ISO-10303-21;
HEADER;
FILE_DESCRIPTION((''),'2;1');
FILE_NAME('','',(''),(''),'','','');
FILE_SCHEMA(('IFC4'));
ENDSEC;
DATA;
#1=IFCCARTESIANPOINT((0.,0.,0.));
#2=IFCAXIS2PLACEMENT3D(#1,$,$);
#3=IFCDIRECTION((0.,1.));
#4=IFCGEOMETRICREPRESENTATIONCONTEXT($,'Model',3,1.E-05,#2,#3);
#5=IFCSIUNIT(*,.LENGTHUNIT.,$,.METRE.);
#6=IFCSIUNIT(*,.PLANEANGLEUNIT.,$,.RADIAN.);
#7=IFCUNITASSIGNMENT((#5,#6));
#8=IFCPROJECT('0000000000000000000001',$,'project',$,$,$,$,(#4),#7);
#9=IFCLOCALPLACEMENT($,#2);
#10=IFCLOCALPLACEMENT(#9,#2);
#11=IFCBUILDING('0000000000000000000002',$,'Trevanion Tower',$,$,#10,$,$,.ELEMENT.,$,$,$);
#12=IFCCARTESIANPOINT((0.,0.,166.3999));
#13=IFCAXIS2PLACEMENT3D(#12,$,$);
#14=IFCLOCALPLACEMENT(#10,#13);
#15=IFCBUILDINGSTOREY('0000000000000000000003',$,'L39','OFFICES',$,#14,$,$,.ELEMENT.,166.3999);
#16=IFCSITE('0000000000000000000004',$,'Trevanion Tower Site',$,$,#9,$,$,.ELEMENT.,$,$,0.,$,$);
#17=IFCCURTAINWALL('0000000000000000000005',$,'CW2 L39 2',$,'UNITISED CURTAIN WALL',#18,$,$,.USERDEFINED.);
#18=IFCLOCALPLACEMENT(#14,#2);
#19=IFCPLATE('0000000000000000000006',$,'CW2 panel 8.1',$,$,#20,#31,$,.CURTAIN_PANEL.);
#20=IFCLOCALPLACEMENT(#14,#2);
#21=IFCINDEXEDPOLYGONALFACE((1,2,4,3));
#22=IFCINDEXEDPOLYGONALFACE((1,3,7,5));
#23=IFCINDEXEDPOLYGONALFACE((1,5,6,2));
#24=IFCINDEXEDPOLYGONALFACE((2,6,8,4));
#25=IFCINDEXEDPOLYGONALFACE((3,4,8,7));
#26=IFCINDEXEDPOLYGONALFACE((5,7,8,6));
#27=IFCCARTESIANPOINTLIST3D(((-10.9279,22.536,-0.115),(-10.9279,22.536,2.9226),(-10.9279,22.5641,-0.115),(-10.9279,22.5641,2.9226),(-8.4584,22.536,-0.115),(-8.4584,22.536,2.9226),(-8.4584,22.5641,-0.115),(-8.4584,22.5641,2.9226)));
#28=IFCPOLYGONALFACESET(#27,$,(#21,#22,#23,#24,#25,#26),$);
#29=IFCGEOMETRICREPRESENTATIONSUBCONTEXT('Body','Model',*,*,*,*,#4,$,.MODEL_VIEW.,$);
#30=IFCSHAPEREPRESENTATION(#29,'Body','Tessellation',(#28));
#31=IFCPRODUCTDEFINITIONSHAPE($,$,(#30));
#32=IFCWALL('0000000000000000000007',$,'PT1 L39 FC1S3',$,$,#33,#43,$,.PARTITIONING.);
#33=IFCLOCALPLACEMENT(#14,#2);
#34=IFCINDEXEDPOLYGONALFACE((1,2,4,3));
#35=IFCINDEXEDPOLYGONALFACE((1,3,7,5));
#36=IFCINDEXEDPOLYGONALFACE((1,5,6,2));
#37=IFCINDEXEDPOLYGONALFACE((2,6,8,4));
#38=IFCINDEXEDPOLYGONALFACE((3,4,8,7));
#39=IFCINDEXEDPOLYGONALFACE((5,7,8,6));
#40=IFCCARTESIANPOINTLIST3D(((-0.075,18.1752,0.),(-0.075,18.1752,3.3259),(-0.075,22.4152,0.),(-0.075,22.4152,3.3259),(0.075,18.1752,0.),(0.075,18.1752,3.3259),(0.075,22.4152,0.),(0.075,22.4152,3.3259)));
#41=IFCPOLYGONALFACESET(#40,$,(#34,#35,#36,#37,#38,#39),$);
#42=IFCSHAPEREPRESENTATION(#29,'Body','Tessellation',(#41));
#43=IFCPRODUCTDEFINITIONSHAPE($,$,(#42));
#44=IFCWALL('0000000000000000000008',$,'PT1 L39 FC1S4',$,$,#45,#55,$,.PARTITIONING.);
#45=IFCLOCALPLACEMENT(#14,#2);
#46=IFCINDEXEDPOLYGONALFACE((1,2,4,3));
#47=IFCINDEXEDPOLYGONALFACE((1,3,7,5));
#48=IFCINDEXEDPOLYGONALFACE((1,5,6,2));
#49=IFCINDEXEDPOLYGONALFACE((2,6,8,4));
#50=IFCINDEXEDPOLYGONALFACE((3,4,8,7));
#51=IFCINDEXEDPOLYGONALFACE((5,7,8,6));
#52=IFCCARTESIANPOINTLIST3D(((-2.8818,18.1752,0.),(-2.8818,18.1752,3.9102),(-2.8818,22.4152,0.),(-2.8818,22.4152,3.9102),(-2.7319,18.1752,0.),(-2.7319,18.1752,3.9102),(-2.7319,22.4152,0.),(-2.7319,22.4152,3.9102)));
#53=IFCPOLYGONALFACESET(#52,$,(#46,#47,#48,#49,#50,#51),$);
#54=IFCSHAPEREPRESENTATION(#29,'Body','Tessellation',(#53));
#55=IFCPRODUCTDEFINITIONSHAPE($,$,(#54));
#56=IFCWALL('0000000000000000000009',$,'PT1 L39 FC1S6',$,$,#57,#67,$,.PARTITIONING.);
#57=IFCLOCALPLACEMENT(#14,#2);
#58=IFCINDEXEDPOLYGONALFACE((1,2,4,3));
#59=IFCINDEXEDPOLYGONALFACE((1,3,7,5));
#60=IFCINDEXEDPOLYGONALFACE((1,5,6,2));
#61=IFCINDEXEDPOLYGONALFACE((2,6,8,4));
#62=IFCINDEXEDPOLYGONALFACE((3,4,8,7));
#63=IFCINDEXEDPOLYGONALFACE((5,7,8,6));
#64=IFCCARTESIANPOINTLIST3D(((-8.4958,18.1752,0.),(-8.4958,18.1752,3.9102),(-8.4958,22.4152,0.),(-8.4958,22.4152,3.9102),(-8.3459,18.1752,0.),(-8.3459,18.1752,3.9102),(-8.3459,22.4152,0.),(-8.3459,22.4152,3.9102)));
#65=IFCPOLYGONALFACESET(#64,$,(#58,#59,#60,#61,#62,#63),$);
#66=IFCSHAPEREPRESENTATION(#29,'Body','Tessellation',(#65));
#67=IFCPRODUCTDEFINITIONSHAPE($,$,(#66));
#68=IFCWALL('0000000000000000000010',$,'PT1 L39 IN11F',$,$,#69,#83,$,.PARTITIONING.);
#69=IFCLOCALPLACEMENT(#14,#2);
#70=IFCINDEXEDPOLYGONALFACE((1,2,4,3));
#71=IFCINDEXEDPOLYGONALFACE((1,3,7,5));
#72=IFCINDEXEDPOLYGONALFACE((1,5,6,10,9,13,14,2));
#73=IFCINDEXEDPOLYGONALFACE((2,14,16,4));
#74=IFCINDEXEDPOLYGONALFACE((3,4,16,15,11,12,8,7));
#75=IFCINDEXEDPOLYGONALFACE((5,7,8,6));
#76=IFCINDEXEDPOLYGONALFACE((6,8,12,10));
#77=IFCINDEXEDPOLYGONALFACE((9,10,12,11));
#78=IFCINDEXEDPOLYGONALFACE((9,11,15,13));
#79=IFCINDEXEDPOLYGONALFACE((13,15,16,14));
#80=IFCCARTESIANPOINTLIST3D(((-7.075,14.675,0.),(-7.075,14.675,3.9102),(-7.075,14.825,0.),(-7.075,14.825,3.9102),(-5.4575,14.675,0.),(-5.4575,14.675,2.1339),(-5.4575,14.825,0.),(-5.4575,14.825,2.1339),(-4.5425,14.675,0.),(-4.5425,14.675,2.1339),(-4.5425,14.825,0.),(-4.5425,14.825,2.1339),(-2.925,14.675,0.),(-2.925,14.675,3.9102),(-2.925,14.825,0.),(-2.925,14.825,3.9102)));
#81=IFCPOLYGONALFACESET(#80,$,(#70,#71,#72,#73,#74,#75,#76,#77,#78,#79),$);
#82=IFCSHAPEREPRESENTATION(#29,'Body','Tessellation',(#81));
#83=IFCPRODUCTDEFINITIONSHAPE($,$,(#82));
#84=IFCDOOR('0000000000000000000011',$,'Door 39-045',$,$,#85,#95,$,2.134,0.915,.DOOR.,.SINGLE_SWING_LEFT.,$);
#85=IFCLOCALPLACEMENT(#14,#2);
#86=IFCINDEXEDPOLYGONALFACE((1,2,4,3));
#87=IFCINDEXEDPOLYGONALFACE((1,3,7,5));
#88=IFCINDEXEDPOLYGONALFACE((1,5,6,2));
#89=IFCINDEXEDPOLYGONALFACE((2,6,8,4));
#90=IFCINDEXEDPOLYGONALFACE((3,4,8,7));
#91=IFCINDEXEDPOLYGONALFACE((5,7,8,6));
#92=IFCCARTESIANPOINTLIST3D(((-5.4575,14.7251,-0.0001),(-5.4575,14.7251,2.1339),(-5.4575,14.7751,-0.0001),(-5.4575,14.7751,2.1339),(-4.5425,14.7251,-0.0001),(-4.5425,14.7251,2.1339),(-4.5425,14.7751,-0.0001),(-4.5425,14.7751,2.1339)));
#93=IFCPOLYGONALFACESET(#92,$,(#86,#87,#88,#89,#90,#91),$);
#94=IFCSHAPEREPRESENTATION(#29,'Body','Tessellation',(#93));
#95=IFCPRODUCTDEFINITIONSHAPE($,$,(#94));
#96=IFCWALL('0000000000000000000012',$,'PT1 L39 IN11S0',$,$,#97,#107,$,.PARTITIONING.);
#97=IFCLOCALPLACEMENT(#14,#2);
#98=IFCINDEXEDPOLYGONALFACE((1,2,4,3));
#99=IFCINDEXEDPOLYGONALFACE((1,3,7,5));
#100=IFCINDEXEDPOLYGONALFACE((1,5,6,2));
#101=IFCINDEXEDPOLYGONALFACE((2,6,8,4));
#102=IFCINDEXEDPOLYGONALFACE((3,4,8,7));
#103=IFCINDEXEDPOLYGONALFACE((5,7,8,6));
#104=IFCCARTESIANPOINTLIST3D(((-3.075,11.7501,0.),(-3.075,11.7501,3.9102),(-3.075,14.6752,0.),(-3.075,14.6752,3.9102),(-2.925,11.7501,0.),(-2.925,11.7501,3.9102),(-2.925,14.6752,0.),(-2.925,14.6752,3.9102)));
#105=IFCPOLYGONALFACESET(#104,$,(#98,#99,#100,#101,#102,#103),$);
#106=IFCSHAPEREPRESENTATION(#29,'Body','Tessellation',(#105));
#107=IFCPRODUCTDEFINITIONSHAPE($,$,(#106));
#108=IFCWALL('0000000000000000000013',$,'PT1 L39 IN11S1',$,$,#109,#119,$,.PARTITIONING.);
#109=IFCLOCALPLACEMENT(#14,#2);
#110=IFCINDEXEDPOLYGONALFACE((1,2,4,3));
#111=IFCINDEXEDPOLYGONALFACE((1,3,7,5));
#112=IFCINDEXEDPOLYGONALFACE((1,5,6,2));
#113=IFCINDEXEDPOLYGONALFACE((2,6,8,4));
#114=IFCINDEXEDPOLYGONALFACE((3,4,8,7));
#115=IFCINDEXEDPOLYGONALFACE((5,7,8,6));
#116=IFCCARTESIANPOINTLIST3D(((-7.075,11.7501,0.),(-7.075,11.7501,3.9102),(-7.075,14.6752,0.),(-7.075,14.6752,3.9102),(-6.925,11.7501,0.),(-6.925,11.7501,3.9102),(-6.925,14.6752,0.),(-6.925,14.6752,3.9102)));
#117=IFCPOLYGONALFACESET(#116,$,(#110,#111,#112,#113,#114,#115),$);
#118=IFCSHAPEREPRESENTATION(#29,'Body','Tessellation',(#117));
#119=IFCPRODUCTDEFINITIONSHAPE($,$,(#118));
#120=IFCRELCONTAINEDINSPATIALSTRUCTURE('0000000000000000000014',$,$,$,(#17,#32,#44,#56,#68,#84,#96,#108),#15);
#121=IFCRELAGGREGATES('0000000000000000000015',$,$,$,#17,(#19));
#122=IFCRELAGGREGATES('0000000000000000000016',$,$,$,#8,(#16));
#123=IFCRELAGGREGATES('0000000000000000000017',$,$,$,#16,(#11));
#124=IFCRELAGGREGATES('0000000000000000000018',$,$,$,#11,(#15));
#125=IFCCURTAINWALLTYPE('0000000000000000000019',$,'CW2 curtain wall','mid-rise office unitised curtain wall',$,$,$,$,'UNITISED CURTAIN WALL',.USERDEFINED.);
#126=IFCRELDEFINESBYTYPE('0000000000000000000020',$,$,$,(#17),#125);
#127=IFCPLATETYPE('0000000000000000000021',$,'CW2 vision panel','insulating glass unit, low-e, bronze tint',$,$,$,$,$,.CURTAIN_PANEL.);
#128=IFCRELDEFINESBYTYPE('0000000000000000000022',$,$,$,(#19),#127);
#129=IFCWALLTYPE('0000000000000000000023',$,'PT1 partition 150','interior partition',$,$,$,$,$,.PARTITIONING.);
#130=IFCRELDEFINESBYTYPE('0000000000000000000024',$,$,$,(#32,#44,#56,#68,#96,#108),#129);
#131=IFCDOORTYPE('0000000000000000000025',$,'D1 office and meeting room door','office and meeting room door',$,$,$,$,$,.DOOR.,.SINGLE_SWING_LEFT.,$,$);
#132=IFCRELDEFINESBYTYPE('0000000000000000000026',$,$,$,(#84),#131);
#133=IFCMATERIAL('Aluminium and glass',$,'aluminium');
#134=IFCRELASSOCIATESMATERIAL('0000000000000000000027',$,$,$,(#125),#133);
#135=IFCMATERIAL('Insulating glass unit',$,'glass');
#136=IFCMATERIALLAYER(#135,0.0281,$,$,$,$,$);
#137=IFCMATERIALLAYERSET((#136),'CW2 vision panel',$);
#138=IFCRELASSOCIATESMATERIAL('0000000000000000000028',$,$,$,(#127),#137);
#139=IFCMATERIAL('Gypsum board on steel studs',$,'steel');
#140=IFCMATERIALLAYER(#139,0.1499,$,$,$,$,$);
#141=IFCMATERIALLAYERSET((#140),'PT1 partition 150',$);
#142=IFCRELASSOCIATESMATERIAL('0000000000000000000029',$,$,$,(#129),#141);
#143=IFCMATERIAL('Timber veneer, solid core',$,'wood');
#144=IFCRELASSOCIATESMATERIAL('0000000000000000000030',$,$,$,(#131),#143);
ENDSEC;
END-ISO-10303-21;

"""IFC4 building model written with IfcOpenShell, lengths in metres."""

from ifc_helpers import new_model, si_unit, direction, frame, frame_2d, origin, origin_2d, place, context, subcontext, project, spatial, rectangle, extrude, material, layer, layer_set, type_object, element, fill, aggregate, save


model = new_model("IFC4")

# Units and contexts
model_context = context("Model", 3, precision=1e-05, world=origin(), true_north=direction((0.0, 1.0)))
body_context = subcontext(model_context, "Body", "Model", "MODEL_VIEW")
ifc_project = project(units=[si_unit("LENGTHUNIT", "METRE"), si_unit("PLANEANGLEUNIT", "RADIAN")], contexts=[model_context])

# Site, building, storey
site_placement = place(None, origin())
site = spatial("IfcSite", under=ifc_project, at=site_placement, Name="Trevanion Tower Site", CompositionType="ELEMENT", RefElevation=0.0)
building_placement = place(site_placement, origin())
building = spatial("IfcBuilding", under=site, at=building_placement, Name="Trevanion Tower", CompositionType="ELEMENT")
storey_placement = place(building_placement, frame((0.0, 0.0, 166.3999)))
storey = spatial("IfcBuildingStorey", under=building, at=storey_placement, Name="L39", Description="OFFICES", CompositionType="ELEMENT", Elevation=166.3999)

# Curtain wall
ifc_material_1 = material(Name="Aluminium and glass", Category="aluminium")
curtain_wall_type = type_object("IfcCurtainWallType", Name="CW2 curtain wall", Description="mid-rise office unitised curtain wall", ElementType="UNITISED CURTAIN WALL", PredefinedType="USERDEFINED", material=ifc_material_1)
curtain_wall_placement = place(storey_placement, origin())
curtain_wall = element("IfcCurtainWall", 1, at=curtain_wall_placement, inside=storey, type_object=curtain_wall_type, Name="CW2 L39 2", ObjectType="UNITISED CURTAIN WALL", PredefinedType="USERDEFINED")

# Plate
ifc_material_2 = material(Name="Insulating glass unit", Category="glass")
ifc_layer_1 = layer(ifc_material_2, 0.0281)
ifc_layer_set_1 = layer_set([ifc_layer_1], Name="CW2 vision panel")
plate_type_1 = type_object("IfcPlateType", Name="CW2 vision panel", Description="insulating glass unit, low-e, bronze tint", PredefinedType="CURTAIN_PANEL", material=ifc_layer_set_1)
plate_1_placement = place(storey_placement, frame((-9.6931, 22.55, -0.115), z_axis=(0.0, 0.0, 1.0), x_axis=(-1.0, 0.0, 0.0)))
plate_1 = element("IfcPlate", 2, at=plate_1_placement, type_object=plate_type_1, Name="CW2 panel 8.1", PredefinedType="CURTAIN_PANEL", context=body_context, shape_type="SweptSolid", body=[
    extrude(rectangle(XDim=2.4695, YDim=0.0281, at=origin_2d()), origin(), (0.0, 0.0, 1.0), 3.0376),
])
aggregate(curtain_wall, [plate_1])

# Walls
ifc_material_3 = material(Name="Gypsum board on steel studs", Category="steel")
ifc_layer_2 = layer(ifc_material_3, 0.1499)
ifc_layer_set_2 = layer_set([ifc_layer_2], Name="PT1 partition 150")
wall_type = type_object("IfcWallType", Name="PT1 partition 150", Description="interior partition", PredefinedType="PARTITIONING", material=ifc_layer_set_2)
wall_1_placement = place(storey_placement, frame((0.0, 18.175, 0.0), z_axis=(0.0, 0.0, 1.0), x_axis=(0.0, 1.0, 0.0)))
element("IfcWall", 3, at=wall_1_placement, inside=storey, type_object=wall_type, Name="PT1 L39 FC1S3", PredefinedType="PARTITIONING", context=body_context, shape_type="SweptSolid", body=[
    extrude(rectangle(XDim=4.24, YDim=0.1499, at=frame_2d((2.1201, 0.0))), origin(), (0.0, 0.0, 1.0), 3.3259),
])
for number, where, z_axis, x_axis, name in (
    (4, (-2.8069, 18.175, 0.0), (0.0, 0.0, 1.0), (0.0, 1.0, 0.0), "PT1 L39 FC1S4"),
    (5, (-8.4209, 18.175, 0.0), (0.0, 0.0, 1.0), (0.0, 1.0, 0.0), "PT1 L39 FC1S6"),
):
    element("IfcWall", number, at=place(storey_placement, frame(where, z_axis=z_axis, x_axis=x_axis)), inside=storey, type_object=wall_type, Name=name, PredefinedType="PARTITIONING", context=body_context, shape_type="SweptSolid", body=[
        extrude(rectangle(XDim=4.24, YDim=0.1499, at=frame_2d((2.1201, 0.0))), origin(), (0.0, 0.0, 1.0), 3.9102),
    ])

# Wall, opening, door
wall_2_placement = place(storey_placement, frame((-2.925, 14.75, 0.0), z_axis=(0.0, 0.0, 1.0), x_axis=(-1.0, 0.0, 0.0)))
wall_2 = element("IfcWall", 6, at=wall_2_placement, inside=storey, type_object=wall_type, Name="PT1 L39 IN11F", PredefinedType="PARTITIONING", context=body_context, shape_type="SweptSolid", body=[
    extrude(rectangle(XDim=4.1499, YDim=0.1499, at=frame_2d((2.075, 0.0))), origin(), (0.0, 0.0, 1.0), 3.9102),
])
opening_placement = place(wall_2_placement, frame((1.6174, 0.0, 0.0)))
opening = element("IfcOpeningElement", 7, at=opening_placement, cuts=wall_2, PredefinedType="OPENING", context=body_context, shape_type="SweptSolid", body=[
    extrude(rectangle(XDim=0.915, YDim=2.134, at=frame_2d((0.4575, 1.0669))), frame((0.0, 0.085, 0.0), z_axis=(0.0, -1.0, 0.0), x_axis=(1.0, 0.0, 0.0)), (0.0, 0.0, 1.0), 0.1699),
])
ifc_material_4 = material(Name="Timber veneer, solid core", Category="wood")
door_type = type_object("IfcDoorType", Name="D1 office and meeting room door", Description="office and meeting room door", OperationType="SINGLE_SWING_LEFT", PredefinedType="DOOR", material=ifc_material_4)
door_placement = place(opening_placement, origin())
door = element("IfcDoor", 8, at=door_placement, inside=storey, type_object=door_type, Name="Door 39-045", OperationType="SINGLE_SWING_LEFT", OverallHeight=2.134, OverallWidth=0.915, PredefinedType="DOOR", context=body_context, shape_type="SweptSolid", body=[
    extrude(rectangle(XDim=0.915, YDim=2.134, at=frame_2d((0.4575, 1.0669))), frame((0.0, 0.0249, 0.0), z_axis=(0.0, -1.0, 0.0), x_axis=(1.0, 0.0, 0.0)), (0.0, 0.0, 1.0), 0.05),
])
fill(opening, door)

# Walls
for number, where, z_axis, x_axis, name in (
    (9, (-3.0, 14.675, 0.0), (0.0, 0.0, 1.0), (0.0, -1.0, 0.0), "PT1 L39 IN11S0"),
    (10, (-7.0, 14.675, 0.0), (0.0, 0.0, 1.0), (0.0, -1.0, 0.0), "PT1 L39 IN11S1"),
):
    element("IfcWall", number, at=place(storey_placement, frame(where, z_axis=z_axis, x_axis=x_axis)), inside=storey, type_object=wall_type, Name=name, PredefinedType="PARTITIONING", context=body_context, shape_type="SweptSolid", body=[
        extrude(rectangle(XDim=2.925, YDim=0.1499, at=frame_2d((1.4624, 0.0))), origin(), (0.0, 0.0, 1.0), 3.9102),
    ])

save(model, "model.ifc")
